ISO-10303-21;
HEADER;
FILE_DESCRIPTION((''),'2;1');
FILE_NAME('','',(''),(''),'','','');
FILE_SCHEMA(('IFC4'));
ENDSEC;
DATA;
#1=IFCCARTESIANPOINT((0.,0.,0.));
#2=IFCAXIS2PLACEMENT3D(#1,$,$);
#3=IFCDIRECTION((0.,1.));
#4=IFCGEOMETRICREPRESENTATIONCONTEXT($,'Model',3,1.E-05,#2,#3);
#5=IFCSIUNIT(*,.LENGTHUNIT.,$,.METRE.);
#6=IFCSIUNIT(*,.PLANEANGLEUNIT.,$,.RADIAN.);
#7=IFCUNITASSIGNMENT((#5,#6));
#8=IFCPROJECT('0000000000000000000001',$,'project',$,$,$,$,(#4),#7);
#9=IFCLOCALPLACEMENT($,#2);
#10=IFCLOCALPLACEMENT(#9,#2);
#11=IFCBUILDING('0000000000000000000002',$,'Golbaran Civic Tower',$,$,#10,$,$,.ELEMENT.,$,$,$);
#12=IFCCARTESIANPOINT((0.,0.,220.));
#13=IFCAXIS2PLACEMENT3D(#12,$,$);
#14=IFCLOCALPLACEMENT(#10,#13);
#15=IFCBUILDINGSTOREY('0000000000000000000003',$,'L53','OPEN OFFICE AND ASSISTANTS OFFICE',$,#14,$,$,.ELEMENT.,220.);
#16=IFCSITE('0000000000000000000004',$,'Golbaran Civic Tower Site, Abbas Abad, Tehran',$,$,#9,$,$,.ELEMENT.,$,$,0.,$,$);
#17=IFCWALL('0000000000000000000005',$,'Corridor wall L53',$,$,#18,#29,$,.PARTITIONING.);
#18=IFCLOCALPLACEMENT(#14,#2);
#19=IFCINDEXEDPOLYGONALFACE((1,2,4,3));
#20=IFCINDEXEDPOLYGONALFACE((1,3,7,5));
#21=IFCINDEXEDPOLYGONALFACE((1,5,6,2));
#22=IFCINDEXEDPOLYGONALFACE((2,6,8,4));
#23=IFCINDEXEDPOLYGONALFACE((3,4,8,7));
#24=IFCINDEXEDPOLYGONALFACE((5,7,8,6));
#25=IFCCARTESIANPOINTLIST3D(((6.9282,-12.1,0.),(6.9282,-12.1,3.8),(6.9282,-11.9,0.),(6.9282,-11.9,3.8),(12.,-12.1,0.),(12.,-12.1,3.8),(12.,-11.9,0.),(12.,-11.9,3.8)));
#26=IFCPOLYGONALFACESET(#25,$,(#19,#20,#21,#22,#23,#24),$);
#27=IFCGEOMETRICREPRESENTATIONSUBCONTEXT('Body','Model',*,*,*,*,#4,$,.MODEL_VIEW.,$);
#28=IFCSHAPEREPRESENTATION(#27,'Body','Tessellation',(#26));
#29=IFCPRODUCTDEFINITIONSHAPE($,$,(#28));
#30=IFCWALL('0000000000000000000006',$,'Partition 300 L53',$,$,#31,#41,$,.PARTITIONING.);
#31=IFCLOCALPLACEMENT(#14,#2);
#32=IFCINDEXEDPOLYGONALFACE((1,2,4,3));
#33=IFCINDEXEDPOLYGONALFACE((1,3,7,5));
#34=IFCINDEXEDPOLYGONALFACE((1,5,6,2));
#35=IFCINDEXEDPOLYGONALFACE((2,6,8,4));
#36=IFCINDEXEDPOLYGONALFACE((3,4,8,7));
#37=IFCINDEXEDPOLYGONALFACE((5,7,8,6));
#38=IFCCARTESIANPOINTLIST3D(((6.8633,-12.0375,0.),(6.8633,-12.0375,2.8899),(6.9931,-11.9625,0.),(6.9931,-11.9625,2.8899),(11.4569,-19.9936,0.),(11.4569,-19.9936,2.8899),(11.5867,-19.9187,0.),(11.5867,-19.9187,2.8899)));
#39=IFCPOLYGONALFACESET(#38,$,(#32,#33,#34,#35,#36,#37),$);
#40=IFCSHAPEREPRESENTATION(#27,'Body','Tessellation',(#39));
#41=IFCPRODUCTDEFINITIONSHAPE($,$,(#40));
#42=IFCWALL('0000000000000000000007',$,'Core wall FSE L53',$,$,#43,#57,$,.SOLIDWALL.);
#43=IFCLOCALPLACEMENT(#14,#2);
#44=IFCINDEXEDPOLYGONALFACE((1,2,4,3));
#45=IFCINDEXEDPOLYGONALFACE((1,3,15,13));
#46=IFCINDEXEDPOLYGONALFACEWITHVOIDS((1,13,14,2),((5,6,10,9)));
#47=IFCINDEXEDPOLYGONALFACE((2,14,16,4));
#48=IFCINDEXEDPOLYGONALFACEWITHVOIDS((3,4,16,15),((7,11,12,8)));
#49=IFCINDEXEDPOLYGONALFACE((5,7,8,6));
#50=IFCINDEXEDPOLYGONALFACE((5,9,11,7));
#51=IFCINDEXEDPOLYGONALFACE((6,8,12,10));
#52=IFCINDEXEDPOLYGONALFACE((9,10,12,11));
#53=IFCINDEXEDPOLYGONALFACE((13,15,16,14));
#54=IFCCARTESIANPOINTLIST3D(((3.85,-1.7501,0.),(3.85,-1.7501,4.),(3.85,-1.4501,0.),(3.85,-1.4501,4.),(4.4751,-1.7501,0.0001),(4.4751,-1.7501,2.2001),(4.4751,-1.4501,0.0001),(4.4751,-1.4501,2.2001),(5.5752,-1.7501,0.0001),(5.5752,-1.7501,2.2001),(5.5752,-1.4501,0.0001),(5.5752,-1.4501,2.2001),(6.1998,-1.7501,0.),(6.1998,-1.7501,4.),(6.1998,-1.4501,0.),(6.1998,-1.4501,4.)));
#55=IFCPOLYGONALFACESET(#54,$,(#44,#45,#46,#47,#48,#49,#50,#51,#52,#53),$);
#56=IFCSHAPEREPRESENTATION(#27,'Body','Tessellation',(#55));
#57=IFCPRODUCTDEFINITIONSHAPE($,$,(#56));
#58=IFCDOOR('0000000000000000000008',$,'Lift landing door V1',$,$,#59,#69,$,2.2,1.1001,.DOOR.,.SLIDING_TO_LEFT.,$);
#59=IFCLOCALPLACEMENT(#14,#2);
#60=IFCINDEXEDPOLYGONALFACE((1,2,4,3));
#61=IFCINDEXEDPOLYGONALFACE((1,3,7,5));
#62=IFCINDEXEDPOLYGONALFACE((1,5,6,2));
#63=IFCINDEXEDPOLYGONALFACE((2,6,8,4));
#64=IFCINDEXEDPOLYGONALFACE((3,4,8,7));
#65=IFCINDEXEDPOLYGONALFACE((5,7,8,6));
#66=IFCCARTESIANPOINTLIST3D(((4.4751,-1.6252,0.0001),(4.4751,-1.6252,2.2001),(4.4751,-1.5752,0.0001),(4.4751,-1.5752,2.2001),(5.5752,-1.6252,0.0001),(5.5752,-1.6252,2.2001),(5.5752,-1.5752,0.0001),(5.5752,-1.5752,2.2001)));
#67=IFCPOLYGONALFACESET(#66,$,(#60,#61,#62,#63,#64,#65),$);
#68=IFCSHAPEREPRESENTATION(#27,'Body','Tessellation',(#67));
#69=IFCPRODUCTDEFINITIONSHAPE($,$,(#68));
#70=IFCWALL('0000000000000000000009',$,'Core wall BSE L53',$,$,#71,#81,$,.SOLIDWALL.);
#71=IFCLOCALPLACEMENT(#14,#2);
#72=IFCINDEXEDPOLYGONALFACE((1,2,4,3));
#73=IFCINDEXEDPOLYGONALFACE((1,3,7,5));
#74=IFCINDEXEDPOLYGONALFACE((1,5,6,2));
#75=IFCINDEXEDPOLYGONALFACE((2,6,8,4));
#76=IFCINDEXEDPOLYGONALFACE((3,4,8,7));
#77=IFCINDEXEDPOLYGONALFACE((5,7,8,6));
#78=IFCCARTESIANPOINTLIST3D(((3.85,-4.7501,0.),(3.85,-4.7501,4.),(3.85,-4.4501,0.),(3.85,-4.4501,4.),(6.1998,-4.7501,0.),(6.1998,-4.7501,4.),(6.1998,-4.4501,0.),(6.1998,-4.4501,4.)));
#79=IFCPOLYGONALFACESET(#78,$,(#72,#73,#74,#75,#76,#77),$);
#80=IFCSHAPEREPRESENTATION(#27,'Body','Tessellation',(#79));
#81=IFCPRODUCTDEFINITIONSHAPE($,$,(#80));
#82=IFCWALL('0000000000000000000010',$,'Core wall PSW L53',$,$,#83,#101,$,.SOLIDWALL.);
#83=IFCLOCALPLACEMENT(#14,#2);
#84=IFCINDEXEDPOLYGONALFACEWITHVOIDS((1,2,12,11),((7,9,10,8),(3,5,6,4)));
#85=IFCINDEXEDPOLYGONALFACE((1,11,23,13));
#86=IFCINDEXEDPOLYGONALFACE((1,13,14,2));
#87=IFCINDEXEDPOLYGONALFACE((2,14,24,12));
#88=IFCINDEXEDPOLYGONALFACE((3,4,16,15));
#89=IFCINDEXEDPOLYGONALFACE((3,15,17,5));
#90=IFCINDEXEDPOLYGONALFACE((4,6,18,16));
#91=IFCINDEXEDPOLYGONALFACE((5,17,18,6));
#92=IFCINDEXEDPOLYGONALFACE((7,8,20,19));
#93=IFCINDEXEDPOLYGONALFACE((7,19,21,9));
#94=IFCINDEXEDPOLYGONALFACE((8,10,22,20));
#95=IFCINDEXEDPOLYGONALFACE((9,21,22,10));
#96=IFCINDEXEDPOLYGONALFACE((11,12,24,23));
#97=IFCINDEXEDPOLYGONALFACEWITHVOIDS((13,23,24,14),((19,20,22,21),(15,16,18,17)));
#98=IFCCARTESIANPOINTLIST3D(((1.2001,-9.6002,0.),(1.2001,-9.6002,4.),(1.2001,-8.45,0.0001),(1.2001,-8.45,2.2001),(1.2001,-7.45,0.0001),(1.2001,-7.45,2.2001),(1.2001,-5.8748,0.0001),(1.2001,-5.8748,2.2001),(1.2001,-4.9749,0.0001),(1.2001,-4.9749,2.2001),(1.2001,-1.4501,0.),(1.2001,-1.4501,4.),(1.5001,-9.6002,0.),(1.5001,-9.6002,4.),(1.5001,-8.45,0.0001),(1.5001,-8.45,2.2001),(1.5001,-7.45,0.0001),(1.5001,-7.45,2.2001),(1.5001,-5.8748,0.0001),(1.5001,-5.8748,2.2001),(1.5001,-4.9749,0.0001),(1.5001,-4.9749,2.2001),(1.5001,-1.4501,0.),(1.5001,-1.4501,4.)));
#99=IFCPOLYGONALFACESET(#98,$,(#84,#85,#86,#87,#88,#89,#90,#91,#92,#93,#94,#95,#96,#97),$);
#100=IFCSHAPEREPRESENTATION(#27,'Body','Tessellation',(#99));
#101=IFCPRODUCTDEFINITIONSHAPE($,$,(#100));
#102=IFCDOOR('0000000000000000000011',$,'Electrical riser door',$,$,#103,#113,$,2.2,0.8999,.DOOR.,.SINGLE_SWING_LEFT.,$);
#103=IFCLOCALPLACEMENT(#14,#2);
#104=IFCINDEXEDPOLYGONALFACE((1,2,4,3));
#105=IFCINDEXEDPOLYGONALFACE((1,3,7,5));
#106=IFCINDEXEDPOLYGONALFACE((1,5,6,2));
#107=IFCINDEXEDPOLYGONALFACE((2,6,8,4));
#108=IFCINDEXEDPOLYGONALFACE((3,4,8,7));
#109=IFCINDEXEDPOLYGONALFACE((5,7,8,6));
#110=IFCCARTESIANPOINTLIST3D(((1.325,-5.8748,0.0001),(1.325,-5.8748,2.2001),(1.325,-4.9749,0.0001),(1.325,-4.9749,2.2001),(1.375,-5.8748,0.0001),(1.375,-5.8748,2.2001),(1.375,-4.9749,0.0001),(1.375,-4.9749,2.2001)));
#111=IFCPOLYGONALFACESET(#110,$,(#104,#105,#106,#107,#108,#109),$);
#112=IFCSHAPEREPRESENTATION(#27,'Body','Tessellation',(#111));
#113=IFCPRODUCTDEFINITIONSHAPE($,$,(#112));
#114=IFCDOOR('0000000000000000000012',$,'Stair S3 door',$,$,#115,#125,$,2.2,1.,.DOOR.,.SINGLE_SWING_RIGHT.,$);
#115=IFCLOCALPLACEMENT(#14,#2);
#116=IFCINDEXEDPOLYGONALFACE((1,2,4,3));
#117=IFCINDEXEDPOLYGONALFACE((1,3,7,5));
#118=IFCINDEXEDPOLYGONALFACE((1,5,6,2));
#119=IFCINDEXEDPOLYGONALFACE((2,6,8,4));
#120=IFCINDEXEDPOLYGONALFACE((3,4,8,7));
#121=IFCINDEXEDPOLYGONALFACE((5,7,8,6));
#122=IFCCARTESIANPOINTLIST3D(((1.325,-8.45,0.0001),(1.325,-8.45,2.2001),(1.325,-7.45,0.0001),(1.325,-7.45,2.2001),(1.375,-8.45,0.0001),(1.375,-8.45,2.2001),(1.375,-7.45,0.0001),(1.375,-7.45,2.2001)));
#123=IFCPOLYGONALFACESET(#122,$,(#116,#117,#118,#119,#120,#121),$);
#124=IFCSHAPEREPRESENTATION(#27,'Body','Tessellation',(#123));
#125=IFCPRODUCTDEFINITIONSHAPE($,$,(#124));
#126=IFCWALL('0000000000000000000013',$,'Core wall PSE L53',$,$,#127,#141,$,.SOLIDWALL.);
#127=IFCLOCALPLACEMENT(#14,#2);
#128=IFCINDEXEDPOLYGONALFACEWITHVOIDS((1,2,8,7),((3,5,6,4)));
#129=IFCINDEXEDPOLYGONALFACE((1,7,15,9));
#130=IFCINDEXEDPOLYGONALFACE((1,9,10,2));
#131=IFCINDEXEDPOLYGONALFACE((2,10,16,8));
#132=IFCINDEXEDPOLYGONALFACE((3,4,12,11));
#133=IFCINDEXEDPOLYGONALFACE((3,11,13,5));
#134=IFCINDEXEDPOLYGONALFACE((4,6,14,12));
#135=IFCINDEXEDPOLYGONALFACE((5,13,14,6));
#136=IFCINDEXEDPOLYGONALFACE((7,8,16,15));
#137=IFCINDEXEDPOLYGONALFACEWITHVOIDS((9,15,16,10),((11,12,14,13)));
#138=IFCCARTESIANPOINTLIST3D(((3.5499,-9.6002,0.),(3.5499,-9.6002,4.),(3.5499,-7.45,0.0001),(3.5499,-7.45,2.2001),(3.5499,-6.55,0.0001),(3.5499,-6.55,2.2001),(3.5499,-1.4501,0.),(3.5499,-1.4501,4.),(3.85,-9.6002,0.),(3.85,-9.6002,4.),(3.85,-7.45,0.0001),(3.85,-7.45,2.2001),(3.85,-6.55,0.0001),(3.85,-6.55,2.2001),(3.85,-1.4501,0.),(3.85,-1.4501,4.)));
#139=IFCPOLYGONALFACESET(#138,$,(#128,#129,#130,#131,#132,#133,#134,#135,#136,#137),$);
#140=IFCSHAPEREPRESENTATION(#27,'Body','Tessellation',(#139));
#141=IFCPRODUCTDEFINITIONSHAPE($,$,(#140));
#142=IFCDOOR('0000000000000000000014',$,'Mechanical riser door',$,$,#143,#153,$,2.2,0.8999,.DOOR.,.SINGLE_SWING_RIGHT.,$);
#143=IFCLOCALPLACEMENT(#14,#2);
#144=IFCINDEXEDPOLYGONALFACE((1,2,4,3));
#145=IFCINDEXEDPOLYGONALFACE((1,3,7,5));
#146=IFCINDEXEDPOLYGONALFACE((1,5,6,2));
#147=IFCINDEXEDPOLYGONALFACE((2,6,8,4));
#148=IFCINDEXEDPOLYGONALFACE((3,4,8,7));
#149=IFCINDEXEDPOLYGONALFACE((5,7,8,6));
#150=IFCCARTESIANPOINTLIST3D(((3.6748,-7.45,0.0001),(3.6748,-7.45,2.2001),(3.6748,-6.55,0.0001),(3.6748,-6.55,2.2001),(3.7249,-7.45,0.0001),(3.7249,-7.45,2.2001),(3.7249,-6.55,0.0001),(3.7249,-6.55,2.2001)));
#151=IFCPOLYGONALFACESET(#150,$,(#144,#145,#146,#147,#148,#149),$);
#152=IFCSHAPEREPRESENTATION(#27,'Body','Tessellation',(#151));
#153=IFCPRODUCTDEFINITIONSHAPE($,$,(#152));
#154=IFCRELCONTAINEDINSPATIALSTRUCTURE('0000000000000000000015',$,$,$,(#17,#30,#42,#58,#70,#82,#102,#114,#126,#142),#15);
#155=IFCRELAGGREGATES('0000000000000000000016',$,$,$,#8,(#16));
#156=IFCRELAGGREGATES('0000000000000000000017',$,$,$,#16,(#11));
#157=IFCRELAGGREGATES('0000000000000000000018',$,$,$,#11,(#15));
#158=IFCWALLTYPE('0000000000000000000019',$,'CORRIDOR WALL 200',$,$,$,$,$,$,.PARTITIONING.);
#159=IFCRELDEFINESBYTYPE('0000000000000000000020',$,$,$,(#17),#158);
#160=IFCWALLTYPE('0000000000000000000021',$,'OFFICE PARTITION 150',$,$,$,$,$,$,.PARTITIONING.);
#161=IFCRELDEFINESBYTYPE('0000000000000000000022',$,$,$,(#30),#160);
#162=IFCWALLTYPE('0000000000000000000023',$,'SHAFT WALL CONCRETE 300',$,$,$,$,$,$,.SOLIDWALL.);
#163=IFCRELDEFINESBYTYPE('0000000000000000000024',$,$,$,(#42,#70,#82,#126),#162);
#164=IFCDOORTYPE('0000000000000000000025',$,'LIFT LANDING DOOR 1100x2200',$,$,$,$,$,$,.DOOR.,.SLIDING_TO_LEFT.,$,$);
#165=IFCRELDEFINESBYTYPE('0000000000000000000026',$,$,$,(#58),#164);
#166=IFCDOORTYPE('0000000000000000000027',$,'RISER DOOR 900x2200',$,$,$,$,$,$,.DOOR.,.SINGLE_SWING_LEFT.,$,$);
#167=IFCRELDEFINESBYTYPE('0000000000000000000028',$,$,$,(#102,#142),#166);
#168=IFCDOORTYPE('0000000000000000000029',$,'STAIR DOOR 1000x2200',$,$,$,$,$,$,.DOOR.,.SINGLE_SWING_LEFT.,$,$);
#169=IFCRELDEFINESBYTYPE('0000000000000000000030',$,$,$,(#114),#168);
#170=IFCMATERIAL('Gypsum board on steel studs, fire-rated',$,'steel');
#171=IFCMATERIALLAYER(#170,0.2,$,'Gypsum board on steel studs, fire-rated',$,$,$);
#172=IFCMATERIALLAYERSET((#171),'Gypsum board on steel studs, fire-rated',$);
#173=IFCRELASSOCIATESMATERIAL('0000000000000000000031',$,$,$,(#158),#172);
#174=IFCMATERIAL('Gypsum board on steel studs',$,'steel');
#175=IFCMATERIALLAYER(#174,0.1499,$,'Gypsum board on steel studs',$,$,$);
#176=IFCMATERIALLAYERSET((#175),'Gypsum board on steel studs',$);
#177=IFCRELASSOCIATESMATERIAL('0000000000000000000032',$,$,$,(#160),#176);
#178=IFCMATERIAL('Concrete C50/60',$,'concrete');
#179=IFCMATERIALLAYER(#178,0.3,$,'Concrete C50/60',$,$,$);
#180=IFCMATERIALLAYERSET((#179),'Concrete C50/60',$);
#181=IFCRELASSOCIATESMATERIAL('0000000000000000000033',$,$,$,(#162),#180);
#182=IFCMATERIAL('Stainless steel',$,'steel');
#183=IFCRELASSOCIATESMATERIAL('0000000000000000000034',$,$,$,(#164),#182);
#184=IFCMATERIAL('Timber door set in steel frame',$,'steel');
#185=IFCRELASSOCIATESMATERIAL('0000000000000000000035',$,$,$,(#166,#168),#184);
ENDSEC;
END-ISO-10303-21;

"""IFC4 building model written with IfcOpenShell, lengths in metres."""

from ifc_helpers import new_model, si_unit, direction, frame, frame_2d, origin, place, context, subcontext, project, spatial, rectangle, extrude, material, layer, layer_set, type_object, element, fill, save


model = new_model("IFC4")

# Units and contexts
model_context = context("Model", 3, precision=1e-05, world=origin(), true_north=direction((0.0, 1.0)))
body_context = subcontext(model_context, "Body", "Model", "MODEL_VIEW")
ifc_project = project(units=[si_unit("LENGTHUNIT", "METRE"), si_unit("PLANEANGLEUNIT", "RADIAN")], contexts=[model_context])

# Site, building, storey
site_placement = place(None, origin())
site = spatial("IfcSite", under=ifc_project, at=site_placement, Name="Golbaran Civic Tower Site, Abbas Abad, Tehran", CompositionType="ELEMENT", RefElevation=0.0)
building_placement = place(site_placement, origin())
building = spatial("IfcBuilding", under=site, at=building_placement, Name="Golbaran Civic Tower", CompositionType="ELEMENT")
storey_placement = place(building_placement, frame((0.0, 0.0, 220.0)))
storey = spatial("IfcBuildingStorey", under=building, at=storey_placement, Name="L53", Description="OPEN OFFICE AND ASSISTANTS OFFICE", CompositionType="ELEMENT", Elevation=220.0)

# Walls
ifc_material_1 = material(Name="Gypsum board on steel studs, fire-rated", Category="steel")
ifc_layer_1 = layer(ifc_material_1, 0.2, Name="Gypsum board on steel studs, fire-rated")
ifc_layer_set_1 = layer_set([ifc_layer_1], Name="Gypsum board on steel studs, fire-rated")
wall_type_1 = type_object("IfcWallType", Name="CORRIDOR WALL 200", PredefinedType="PARTITIONING", material=ifc_layer_set_1)
wall_1_placement = place(storey_placement, frame((6.9282, -12.0, 0.0), z_axis=(0.0, 0.0, 1.0), x_axis=(1.0, 0.0, 0.0)))
element("IfcWall", 1, at=wall_1_placement, inside=storey, type_object=wall_type_1, Name="Corridor wall L53", PredefinedType="PARTITIONING", context=body_context, shape_type="SweptSolid", body=[
    extrude(rectangle(XDim=5.0718, YDim=0.2, at=frame_2d((2.5359, 0.0))), origin(), (0.0, 0.0, 1.0), 3.8),
])
ifc_material_2 = material(Name="Gypsum board on steel studs", Category="steel")
ifc_layer_2 = layer(ifc_material_2, 0.1499, Name="Gypsum board on steel studs")
ifc_layer_set_2 = layer_set([ifc_layer_2], Name="Gypsum board on steel studs")
wall_type_2 = type_object("IfcWallType", Name="OFFICE PARTITION 150", PredefinedType="PARTITIONING", material=ifc_layer_set_2)
wall_2_placement = place(storey_placement, frame((6.9282, -12.0, 0.0), z_axis=(0.0, 0.0, 1.0), x_axis=(0.500006, -0.866022, 0.0)))
element("IfcWall", 2, at=wall_2_placement, inside=storey, type_object=wall_type_2, Name="Partition 300 L53", PredefinedType="PARTITIONING", context=body_context, shape_type="SweptSolid", body=[
    extrude(rectangle(XDim=9.187, YDim=0.1499, at=frame_2d((4.5935, 0.0))), origin(), (0.0, 0.0, 1.0), 2.8899),
])

# Wall, opening, door
ifc_material_3 = material(Name="Concrete C50/60", Category="concrete")
ifc_layer_3 = layer(ifc_material_3, 0.3, Name="Concrete C50/60")
ifc_layer_set_3 = layer_set([ifc_layer_3], Name="Concrete C50/60")
wall_type_3 = type_object("IfcWallType", Name="SHAFT WALL CONCRETE 300", PredefinedType="SOLIDWALL", material=ifc_layer_set_3)
wall_3_placement = place(storey_placement, frame((3.8501, -1.6001, 0.0), z_axis=(0.0, 0.0, 1.0), x_axis=(1.0, 0.0, 0.0)))
wall_3 = element("IfcWall", 3, at=wall_3_placement, inside=storey, type_object=wall_type_3, Name="Core wall FSE L53", PredefinedType="SOLIDWALL", context=body_context, shape_type="SweptSolid", body=[
    extrude(rectangle(XDim=2.3499, YDim=0.3, at=frame_2d((1.1748, 0.0))), origin(), (0.0, 0.0, 1.0), 4.0),
])
opening_1_placement = place(wall_3_placement, frame((0.625, 0.0, 0.0)))
opening_1 = element("IfcOpeningElement", 4, at=opening_1_placement, cuts=wall_3, PredefinedType="OPENING", context=body_context, shape_type="SweptSolid", body=[
    extrude(rectangle(XDim=1.1001, YDim=2.2, at=frame_2d((0.55, 1.1001))), frame((0.0, 0.1599, 0.0), z_axis=(0.0, -1.0, 0.0), x_axis=(1.0, 0.0, 0.0)), (0.0, 0.0, 1.0), 0.3201),
])
ifc_material_4 = material(Name="Stainless steel", Category="steel")
door_type_1 = type_object("IfcDoorType", Name="LIFT LANDING DOOR 1100x2200", OperationType="SLIDING_TO_LEFT", PredefinedType="DOOR", material=ifc_material_4)
door_1_placement = place(opening_1_placement, origin())
door_1 = element("IfcDoor", 5, at=door_1_placement, inside=storey, type_object=door_type_1, Name="Lift landing door V1", OperationType="SLIDING_TO_LEFT", OverallHeight=2.2, OverallWidth=1.1001, PredefinedType="DOOR", context=body_context, shape_type="SweptSolid", body=[
    extrude(rectangle(XDim=1.1001, YDim=2.2, at=frame_2d((0.55, 1.1001))), frame((0.0, 0.0249, 0.0), z_axis=(0.0, -1.0, 0.0), x_axis=(1.0, 0.0, 0.0)), (0.0, 0.0, 1.0), 0.05),
])
fill(opening_1, door_1)

# Wall
wall_4_placement = place(storey_placement, frame((3.8501, -4.6001, 0.0), z_axis=(0.0, 0.0, 1.0), x_axis=(1.0, 0.0, 0.0)))
element("IfcWall", 6, at=wall_4_placement, inside=storey, type_object=wall_type_3, Name="Core wall BSE L53", PredefinedType="SOLIDWALL", context=body_context, shape_type="SweptSolid", body=[
    extrude(rectangle(XDim=2.3499, YDim=0.3, at=frame_2d((1.1748, 0.0))), origin(), (0.0, 0.0, 1.0), 4.0),
])

# Wall, openings, doors
wall_5_placement = place(storey_placement, frame((1.3501, -1.45, 0.0), z_axis=(0.0, 0.0, 1.0), x_axis=(0.0, -1.0, 0.0)))
wall_5 = element("IfcWall", 7, at=wall_5_placement, inside=storey, type_object=wall_type_3, Name="Core wall PSW L53", PredefinedType="SOLIDWALL", context=body_context, shape_type="SweptSolid", body=[
    extrude(rectangle(XDim=8.1501, YDim=0.3, at=frame_2d((4.0752, 0.0))), origin(), (0.0, 0.0, 1.0), 4.0),
])
opening_2_placement = place(wall_5_placement, frame((6.0, 0.0, 0.0)))
opening_2 = element("IfcOpeningElement", 8, at=opening_2_placement, cuts=wall_5, PredefinedType="OPENING", context=body_context, shape_type="SweptSolid", body=[
    extrude(rectangle(XDim=1.0, YDim=2.2, at=frame_2d((0.5, 1.1001))), frame((0.0, 0.1599, 0.0), z_axis=(0.0, -1.0, 0.0), x_axis=(1.0, 0.0, 0.0)), (0.0, 0.0, 1.0), 0.3201),
])
opening_3_placement = place(wall_5_placement, frame((3.5249, 0.0, 0.0)))
opening_3 = element("IfcOpeningElement", 9, at=opening_3_placement, cuts=wall_5, PredefinedType="OPENING", context=body_context, shape_type="SweptSolid", body=[
    extrude(rectangle(XDim=0.8999, YDim=2.2, at=frame_2d((0.45, 1.1001))), frame((0.0, 0.1599, 0.0), z_axis=(0.0, -1.0, 0.0), x_axis=(1.0, 0.0, 0.0)), (0.0, 0.0, 1.0), 0.3201),
])
ifc_material_5 = material(Name="Timber door set in steel frame", Category="steel")
door_type_2 = type_object("IfcDoorType", Name="RISER DOOR 900x2200", OperationType="SINGLE_SWING_LEFT", PredefinedType="DOOR", material=ifc_material_5)
door_2_placement = place(opening_3_placement, origin())
door_2 = element("IfcDoor", 10, at=door_2_placement, inside=storey, type_object=door_type_2, Name="Electrical riser door", OperationType="SINGLE_SWING_LEFT", OverallHeight=2.2, OverallWidth=0.8999, PredefinedType="DOOR", context=body_context, shape_type="SweptSolid", body=[
    extrude(rectangle(XDim=0.8999, YDim=2.2, at=frame_2d((0.45, 1.1001))), frame((0.0, 0.0249, 0.0), z_axis=(0.0, -1.0, 0.0), x_axis=(1.0, 0.0, 0.0)), (0.0, 0.0, 1.0), 0.05),
])
fill(opening_3, door_2)
door_type_3 = type_object("IfcDoorType", Name="STAIR DOOR 1000x2200", OperationType="SINGLE_SWING_LEFT", PredefinedType="DOOR", material=ifc_material_5)
door_3_placement = place(opening_2_placement, origin())
door_3 = element("IfcDoor", 11, at=door_3_placement, inside=storey, type_object=door_type_3, Name="Stair S3 door", OperationType="SINGLE_SWING_RIGHT", OverallHeight=2.2, OverallWidth=1.0, PredefinedType="DOOR", context=body_context, shape_type="SweptSolid", body=[
    extrude(rectangle(XDim=1.0, YDim=2.2, at=frame_2d((0.5, 1.1001))), frame((0.0, 0.0249, 0.0), z_axis=(0.0, -1.0, 0.0), x_axis=(1.0, 0.0, 0.0)), (0.0, 0.0, 1.0), 0.05),
])
fill(opening_2, door_3)

# Wall, opening, door
wall_6_placement = place(storey_placement, frame((3.7, -1.45, 0.0), z_axis=(0.0, 0.0, 1.0), x_axis=(0.0, -1.0, 0.0)))
wall_6 = element("IfcWall", 12, at=wall_6_placement, inside=storey, type_object=wall_type_3, Name="Core wall PSE L53", PredefinedType="SOLIDWALL", context=body_context, shape_type="SweptSolid", body=[
    extrude(rectangle(XDim=8.1501, YDim=0.3, at=frame_2d((4.0752, 0.0))), origin(), (0.0, 0.0, 1.0), 4.0),
])
opening_4_placement = place(wall_6_placement, frame((5.1001, 0.0, 0.0)))
opening_4 = element("IfcOpeningElement", 13, at=opening_4_placement, cuts=wall_6, PredefinedType="OPENING", context=body_context, shape_type="SweptSolid", body=[
    extrude(rectangle(XDim=0.8999, YDim=2.2, at=frame_2d((0.45, 1.1001))), frame((0.0, 0.1599, 0.0), z_axis=(0.0, -1.0, 0.0), x_axis=(1.0, 0.0, 0.0)), (0.0, 0.0, 1.0), 0.3201),
])
door_4_placement = place(opening_4_placement, origin())
door_4 = element("IfcDoor", 14, at=door_4_placement, inside=storey, type_object=door_type_2, Name="Mechanical riser door", OperationType="SINGLE_SWING_RIGHT", OverallHeight=2.2, OverallWidth=0.8999, PredefinedType="DOOR", context=body_context, shape_type="SweptSolid", body=[
    extrude(rectangle(XDim=0.8999, YDim=2.2, at=frame_2d((0.45, 1.1001))), frame((0.0, 0.0249, 0.0), z_axis=(0.0, -1.0, 0.0), x_axis=(1.0, 0.0, 0.0)), (0.0, 0.0, 1.0), 0.05),
])
fill(opening_4, door_4)

save(model, "model.ifc")
